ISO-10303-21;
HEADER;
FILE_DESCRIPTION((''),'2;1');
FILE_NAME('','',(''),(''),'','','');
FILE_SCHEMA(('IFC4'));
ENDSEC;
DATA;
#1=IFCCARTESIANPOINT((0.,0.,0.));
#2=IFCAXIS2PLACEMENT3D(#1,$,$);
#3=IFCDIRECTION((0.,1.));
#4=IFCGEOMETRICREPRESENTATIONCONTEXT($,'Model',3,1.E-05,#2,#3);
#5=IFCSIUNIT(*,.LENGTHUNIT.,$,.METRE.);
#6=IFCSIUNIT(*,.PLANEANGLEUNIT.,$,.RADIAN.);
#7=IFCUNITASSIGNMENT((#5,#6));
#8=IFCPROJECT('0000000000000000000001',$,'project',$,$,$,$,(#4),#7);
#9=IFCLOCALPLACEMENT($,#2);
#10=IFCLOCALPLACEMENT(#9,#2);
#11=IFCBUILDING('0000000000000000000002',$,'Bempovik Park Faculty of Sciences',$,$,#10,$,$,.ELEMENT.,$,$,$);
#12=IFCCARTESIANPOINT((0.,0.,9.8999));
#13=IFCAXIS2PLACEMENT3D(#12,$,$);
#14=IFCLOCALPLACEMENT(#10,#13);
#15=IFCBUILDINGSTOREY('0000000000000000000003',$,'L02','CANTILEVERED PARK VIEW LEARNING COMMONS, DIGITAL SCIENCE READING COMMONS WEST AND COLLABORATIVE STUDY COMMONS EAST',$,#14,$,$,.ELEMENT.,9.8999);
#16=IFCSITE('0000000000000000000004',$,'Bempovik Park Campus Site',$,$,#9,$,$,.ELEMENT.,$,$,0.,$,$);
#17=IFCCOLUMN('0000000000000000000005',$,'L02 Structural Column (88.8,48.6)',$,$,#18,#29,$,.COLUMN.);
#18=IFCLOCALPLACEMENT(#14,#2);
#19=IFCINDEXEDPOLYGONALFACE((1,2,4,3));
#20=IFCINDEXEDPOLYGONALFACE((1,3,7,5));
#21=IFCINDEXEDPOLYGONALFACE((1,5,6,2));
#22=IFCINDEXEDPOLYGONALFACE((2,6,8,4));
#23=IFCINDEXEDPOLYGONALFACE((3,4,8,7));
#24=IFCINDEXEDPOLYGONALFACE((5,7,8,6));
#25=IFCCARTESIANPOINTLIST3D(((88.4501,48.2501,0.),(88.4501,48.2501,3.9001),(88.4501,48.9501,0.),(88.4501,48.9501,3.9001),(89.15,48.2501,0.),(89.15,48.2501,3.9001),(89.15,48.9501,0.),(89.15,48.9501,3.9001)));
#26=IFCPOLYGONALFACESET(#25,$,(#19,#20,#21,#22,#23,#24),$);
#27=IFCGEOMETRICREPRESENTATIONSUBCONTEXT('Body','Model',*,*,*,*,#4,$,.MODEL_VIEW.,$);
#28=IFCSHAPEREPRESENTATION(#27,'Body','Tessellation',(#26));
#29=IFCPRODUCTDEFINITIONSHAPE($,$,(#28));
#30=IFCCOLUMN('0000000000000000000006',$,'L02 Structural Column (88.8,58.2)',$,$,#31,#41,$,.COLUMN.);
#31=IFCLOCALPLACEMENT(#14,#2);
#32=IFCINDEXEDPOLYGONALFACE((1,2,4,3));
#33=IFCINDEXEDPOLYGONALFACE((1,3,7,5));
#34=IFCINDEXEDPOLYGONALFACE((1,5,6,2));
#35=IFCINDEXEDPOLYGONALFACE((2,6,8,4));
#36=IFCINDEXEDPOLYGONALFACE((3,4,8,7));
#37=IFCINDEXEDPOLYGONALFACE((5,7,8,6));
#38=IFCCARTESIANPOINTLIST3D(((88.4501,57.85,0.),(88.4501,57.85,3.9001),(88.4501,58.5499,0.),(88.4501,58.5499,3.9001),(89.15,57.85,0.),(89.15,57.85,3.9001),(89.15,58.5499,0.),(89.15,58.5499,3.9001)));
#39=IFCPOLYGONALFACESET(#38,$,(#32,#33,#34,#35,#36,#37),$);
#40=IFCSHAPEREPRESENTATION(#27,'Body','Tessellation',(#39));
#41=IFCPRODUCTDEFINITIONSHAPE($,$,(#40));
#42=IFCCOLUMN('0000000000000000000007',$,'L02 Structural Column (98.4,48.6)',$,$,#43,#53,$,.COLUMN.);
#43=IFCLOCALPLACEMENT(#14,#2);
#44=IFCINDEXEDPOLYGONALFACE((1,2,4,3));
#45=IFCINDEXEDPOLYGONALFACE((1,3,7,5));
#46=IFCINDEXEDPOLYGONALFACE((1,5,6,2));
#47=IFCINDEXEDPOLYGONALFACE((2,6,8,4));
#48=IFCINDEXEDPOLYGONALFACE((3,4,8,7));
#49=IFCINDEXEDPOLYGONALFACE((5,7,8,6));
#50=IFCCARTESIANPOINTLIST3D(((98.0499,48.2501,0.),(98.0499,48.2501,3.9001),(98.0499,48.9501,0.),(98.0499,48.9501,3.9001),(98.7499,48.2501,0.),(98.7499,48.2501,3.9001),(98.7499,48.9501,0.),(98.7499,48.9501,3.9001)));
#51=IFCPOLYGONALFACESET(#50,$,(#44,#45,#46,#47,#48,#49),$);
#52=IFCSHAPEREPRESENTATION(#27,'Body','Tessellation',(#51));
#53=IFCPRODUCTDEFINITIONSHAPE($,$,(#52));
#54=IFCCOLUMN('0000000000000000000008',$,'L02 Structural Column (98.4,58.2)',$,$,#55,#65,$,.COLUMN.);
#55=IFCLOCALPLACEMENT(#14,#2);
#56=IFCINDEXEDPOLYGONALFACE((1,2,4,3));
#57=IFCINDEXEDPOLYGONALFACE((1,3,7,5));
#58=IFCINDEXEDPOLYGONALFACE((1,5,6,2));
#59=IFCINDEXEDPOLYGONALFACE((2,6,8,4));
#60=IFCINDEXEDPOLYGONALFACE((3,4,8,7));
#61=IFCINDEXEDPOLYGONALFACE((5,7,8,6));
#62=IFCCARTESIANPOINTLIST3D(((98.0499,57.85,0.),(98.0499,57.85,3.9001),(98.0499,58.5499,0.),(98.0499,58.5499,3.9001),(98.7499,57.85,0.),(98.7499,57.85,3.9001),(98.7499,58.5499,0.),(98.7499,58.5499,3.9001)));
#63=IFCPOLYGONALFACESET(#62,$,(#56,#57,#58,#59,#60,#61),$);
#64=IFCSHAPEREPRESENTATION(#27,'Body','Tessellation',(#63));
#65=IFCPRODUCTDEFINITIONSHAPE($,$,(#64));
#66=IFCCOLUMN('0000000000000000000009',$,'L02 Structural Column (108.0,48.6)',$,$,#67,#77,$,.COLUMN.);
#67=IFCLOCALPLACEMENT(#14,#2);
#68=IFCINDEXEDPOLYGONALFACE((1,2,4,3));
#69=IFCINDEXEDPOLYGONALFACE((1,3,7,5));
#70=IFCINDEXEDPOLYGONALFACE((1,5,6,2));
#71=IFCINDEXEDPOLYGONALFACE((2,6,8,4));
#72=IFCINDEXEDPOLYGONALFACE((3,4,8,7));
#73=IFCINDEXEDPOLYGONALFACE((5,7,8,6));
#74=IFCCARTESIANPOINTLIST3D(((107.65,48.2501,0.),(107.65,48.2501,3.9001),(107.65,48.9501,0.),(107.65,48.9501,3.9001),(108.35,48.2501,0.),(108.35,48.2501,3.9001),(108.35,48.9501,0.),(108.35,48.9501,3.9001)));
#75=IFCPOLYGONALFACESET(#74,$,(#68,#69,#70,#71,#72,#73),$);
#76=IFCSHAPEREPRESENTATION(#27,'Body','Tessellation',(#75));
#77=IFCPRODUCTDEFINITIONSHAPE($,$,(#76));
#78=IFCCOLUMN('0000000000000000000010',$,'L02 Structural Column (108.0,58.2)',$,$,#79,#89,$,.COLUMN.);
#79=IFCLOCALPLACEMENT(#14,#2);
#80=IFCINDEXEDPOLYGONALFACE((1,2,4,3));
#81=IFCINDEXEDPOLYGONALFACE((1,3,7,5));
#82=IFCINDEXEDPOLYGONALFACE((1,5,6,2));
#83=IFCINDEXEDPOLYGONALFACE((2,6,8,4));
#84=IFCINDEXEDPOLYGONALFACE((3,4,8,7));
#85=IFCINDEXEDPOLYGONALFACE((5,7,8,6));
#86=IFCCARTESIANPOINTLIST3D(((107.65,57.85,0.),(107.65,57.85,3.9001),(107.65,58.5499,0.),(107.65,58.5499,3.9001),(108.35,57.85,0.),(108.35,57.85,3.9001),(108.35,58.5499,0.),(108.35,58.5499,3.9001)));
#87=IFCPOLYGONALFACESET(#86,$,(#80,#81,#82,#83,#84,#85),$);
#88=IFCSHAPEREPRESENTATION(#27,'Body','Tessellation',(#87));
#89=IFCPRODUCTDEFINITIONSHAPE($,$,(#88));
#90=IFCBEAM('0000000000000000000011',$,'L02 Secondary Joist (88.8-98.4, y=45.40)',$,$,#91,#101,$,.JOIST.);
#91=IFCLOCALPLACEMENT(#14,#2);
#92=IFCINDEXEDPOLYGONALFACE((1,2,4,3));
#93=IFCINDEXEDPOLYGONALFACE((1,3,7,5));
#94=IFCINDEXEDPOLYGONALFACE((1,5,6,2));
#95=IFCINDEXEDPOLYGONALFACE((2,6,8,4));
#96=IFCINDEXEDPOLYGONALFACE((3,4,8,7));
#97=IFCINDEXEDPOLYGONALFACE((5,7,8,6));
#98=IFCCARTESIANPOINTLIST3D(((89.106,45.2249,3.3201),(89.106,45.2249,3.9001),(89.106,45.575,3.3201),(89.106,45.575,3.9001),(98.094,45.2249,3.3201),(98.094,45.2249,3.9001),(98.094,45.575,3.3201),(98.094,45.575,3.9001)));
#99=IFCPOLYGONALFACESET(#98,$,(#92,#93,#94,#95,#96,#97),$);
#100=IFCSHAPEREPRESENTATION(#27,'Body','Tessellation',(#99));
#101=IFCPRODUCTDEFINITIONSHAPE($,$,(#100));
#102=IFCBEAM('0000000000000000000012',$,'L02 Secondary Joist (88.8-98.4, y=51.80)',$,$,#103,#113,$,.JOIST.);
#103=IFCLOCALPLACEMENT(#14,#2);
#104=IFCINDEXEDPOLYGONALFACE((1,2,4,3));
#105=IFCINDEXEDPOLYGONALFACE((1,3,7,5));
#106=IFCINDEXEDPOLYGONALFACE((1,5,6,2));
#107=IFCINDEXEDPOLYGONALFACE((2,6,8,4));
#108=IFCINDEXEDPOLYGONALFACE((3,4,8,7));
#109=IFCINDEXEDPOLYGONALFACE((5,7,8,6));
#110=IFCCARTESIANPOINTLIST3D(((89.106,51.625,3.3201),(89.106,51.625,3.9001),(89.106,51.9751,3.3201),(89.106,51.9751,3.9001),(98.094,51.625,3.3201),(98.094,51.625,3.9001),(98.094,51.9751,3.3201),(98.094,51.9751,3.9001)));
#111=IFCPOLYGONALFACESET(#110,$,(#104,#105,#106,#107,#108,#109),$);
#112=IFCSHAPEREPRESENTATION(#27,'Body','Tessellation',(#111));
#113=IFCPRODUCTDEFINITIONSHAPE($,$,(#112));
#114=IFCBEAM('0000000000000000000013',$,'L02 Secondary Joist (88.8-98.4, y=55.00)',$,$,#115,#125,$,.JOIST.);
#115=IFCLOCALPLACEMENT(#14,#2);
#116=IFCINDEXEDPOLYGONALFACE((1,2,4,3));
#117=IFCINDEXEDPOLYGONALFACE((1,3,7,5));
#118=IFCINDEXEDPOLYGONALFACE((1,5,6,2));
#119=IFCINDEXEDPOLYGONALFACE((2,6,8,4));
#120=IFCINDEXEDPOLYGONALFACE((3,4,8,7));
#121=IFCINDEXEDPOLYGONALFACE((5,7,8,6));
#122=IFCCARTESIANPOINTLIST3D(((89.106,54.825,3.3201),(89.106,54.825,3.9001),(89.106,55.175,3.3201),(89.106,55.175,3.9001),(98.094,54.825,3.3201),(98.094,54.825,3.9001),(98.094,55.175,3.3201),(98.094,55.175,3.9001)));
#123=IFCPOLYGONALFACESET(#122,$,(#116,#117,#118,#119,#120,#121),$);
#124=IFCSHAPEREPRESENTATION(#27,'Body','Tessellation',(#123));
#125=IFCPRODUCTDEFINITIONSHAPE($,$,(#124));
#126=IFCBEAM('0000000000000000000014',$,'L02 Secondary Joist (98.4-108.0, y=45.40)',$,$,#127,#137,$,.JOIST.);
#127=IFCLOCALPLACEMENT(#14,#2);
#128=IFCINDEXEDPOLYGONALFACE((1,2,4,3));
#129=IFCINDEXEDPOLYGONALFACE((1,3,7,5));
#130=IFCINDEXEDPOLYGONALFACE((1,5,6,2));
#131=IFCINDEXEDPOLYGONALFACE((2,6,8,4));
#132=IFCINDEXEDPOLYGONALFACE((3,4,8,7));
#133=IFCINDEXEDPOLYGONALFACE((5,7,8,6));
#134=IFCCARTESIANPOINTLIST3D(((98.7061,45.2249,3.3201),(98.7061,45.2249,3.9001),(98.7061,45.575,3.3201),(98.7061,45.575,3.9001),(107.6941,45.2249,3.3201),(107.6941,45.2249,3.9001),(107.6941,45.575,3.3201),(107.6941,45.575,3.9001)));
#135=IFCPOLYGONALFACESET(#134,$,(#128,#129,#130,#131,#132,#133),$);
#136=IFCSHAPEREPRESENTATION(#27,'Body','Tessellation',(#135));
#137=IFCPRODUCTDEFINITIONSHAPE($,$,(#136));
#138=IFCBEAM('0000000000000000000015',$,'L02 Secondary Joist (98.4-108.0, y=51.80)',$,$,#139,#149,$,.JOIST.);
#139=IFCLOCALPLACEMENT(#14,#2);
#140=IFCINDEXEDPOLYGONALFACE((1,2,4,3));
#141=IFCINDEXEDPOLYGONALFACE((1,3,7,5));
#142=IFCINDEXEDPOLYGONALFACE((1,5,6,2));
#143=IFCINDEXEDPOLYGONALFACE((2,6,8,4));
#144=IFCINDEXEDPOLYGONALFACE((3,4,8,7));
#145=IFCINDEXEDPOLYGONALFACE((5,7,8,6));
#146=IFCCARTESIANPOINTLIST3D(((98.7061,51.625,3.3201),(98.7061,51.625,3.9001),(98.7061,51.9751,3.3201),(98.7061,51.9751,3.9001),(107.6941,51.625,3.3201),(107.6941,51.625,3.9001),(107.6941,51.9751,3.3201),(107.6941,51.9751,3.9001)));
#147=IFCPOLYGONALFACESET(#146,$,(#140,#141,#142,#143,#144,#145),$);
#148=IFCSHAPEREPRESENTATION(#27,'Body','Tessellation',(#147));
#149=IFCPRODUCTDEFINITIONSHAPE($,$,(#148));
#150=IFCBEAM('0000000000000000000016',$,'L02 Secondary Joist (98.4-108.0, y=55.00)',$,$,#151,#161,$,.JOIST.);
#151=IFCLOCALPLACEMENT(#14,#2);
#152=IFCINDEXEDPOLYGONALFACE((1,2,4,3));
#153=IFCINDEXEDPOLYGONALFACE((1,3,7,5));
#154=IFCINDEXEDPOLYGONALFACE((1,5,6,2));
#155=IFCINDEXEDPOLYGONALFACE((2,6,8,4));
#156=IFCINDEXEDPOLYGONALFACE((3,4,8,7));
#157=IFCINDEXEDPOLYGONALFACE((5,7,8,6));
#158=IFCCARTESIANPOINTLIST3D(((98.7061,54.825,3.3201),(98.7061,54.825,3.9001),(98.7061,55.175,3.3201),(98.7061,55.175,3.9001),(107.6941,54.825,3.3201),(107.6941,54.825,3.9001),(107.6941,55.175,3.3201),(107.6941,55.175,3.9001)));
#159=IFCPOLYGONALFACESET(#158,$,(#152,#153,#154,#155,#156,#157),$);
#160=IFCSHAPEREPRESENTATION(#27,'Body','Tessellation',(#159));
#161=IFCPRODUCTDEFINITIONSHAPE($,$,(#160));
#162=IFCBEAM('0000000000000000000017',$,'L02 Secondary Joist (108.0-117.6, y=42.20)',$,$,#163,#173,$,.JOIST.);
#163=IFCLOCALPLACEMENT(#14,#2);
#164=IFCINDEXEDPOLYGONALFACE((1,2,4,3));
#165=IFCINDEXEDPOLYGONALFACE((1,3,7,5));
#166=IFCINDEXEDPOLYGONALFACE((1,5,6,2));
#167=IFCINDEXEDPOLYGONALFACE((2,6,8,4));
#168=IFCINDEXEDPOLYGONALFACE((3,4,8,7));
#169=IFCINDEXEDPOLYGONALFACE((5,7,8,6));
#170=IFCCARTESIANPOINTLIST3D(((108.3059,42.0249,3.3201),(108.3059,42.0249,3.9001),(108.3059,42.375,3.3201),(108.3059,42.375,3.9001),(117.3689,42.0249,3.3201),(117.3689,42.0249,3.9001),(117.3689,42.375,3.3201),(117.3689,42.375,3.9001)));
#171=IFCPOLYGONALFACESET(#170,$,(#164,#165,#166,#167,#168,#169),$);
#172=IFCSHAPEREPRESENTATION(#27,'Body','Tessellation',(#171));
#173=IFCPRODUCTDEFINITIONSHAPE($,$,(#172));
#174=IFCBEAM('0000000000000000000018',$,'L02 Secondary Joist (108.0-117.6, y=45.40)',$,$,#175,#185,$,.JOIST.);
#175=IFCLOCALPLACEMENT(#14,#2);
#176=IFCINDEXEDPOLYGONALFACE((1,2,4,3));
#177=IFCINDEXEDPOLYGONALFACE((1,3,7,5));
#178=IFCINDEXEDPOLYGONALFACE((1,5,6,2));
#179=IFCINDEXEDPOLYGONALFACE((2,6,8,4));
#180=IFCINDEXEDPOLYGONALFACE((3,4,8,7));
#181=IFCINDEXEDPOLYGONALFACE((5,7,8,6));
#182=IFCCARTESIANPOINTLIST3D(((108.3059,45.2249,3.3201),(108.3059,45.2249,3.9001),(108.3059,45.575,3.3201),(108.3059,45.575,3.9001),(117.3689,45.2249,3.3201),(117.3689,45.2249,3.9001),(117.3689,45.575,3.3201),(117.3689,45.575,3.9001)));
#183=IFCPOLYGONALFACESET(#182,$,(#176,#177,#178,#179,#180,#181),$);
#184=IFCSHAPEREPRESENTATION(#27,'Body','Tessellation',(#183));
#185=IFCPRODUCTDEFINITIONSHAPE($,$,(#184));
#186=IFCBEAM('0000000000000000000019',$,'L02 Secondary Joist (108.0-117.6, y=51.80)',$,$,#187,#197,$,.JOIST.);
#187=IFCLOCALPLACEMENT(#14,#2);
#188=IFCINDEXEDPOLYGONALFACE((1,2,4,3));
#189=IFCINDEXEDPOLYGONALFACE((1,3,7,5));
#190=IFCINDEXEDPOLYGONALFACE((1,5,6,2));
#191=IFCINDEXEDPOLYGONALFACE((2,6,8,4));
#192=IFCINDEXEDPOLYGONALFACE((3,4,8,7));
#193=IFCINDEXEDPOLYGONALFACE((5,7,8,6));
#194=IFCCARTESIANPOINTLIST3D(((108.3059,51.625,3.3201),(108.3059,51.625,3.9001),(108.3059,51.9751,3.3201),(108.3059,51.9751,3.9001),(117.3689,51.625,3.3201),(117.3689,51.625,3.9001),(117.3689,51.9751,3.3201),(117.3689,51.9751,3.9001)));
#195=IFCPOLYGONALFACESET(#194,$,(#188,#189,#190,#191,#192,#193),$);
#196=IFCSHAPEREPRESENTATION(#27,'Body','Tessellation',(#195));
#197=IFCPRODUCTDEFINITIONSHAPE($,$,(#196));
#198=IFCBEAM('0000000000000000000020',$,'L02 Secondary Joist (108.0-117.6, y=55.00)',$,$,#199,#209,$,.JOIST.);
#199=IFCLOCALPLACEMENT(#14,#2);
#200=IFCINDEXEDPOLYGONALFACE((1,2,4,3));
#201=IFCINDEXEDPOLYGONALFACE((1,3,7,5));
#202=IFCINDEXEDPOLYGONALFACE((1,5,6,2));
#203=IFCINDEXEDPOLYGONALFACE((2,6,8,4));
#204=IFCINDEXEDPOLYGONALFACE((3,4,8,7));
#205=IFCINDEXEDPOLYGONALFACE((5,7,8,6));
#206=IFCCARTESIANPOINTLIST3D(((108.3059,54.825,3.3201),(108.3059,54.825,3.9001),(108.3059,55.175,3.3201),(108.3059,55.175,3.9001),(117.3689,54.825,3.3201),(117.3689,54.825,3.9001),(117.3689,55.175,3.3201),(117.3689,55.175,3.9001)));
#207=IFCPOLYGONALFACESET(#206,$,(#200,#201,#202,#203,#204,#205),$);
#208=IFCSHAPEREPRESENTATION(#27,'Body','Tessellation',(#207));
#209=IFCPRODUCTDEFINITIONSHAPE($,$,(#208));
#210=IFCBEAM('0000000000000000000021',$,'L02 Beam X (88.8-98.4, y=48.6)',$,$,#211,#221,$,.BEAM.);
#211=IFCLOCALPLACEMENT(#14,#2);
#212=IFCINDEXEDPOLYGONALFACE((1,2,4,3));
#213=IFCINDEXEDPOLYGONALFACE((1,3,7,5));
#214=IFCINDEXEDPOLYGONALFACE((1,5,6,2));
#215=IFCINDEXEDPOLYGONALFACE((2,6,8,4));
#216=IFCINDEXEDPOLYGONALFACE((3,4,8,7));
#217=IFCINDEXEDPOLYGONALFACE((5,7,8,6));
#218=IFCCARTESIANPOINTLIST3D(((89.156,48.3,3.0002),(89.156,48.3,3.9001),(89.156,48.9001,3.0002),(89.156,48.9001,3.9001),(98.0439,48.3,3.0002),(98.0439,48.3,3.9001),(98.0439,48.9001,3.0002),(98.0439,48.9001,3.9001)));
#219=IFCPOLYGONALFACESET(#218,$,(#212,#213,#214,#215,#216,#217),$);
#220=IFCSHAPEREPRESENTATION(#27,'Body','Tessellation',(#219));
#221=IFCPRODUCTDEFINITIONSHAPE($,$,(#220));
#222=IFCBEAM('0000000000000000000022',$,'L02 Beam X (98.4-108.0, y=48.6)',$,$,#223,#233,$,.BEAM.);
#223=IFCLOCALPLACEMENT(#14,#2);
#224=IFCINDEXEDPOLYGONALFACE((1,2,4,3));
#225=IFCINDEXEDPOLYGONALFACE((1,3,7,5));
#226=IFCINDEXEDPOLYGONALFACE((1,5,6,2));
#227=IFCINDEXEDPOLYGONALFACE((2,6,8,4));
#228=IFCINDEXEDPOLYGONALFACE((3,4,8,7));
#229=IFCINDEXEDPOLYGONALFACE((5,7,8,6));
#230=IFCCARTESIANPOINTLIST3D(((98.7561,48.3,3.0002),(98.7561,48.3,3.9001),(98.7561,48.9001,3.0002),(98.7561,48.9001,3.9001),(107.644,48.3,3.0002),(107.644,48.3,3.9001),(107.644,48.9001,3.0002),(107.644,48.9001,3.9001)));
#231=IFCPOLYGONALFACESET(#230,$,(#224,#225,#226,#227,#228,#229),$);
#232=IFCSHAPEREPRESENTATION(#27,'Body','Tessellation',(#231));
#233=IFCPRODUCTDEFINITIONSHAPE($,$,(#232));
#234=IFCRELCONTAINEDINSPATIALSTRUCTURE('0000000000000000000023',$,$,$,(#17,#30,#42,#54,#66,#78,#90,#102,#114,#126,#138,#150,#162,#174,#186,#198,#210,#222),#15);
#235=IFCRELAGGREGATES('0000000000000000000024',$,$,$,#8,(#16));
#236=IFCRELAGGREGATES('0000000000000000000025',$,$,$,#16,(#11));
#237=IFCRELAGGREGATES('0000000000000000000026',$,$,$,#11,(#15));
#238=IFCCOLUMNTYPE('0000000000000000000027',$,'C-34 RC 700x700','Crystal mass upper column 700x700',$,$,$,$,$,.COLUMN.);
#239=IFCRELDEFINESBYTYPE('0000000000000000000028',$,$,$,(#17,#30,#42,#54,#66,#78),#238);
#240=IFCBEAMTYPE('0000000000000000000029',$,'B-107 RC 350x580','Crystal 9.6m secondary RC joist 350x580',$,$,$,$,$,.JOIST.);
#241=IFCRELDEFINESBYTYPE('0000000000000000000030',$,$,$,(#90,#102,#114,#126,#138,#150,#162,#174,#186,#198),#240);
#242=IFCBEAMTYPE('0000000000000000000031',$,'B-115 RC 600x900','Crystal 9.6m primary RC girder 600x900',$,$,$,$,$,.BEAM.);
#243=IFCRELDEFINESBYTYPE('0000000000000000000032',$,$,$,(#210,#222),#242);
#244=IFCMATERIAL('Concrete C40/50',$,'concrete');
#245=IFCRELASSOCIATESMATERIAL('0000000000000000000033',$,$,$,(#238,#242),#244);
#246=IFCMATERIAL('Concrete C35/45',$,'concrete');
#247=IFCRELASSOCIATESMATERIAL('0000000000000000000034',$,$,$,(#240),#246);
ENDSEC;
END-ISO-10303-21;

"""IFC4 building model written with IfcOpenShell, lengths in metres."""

from ifc_helpers import new_model, si_unit, direction, frame, origin, origin_2d, place, context, subcontext, project, spatial, rectangle, extrude, material, material_profile, profile_set, type_object, element, save


model = new_model("IFC4")

# Units and contexts
model_context = context("Model", 3, precision=1e-05, world=origin(), true_north=direction((0.0, 1.0)))
body_context = subcontext(model_context, "Body", "Model", "MODEL_VIEW")
ifc_project = project(units=[si_unit("LENGTHUNIT", "METRE"), si_unit("PLANEANGLEUNIT", "RADIAN")], contexts=[model_context])

# Site, building, storey
site_placement = place(None, origin())
site = spatial("IfcSite", under=ifc_project, at=site_placement, Name="Bempovik Park Campus Site", CompositionType="ELEMENT", RefElevation=0.0)
building_placement = place(site_placement, origin())
building = spatial("IfcBuilding", under=site, at=building_placement, Name="Bempovik Park Faculty of Sciences", CompositionType="ELEMENT")
storey_placement = place(building_placement, frame((0.0, 0.0, 9.8999)))
storey = spatial("IfcBuildingStorey", under=building, at=storey_placement, Name="L02", Description="CANTILEVERED PARK VIEW LEARNING COMMONS, DIGITAL SCIENCE READING COMMONS WEST AND COLLABORATIVE STUDY COMMONS EAST", CompositionType="ELEMENT", Elevation=9.8999)

# Columns
ifc_material_1 = material(Name="Concrete C40/50", Category="concrete")
ifc_material_profile_1 = material_profile(ifc_material_1, rectangle(XDim=0.7, YDim=0.7, at=origin_2d()), Name="RC 700x700")
ifc_profile_set_1 = profile_set([ifc_material_profile_1], Name="Concrete C40/50")
column_type = type_object("IfcColumnType", Name="C-34 RC 700x700", Description="Crystal mass upper column 700x700", PredefinedType="COLUMN", material=ifc_profile_set_1)
for number, where, z_axis, x_axis, name in (
    (1, (88.8, 48.6001, 0.0), (0.0, 0.0, 1.0), (1.0, 0.0, 0.0), "L02 Structural Column (88.8,48.6)"),
    (2, (88.8, 58.2, 0.0), (0.0, 0.0, 1.0), (1.0, 0.0, 0.0), "L02 Structural Column (88.8,58.2)"),
    (3, (98.3999, 48.6001, 0.0), (0.0, 0.0, 1.0), (1.0, 0.0, 0.0), "L02 Structural Column (98.4,48.6)"),
    (4, (98.3999, 58.2, 0.0), (0.0, 0.0, 1.0), (1.0, 0.0, 0.0), "L02 Structural Column (98.4,58.2)"),
    (5, (108.0, 48.6001, 0.0), (0.0, 0.0, 1.0), (1.0, 0.0, 0.0), "L02 Structural Column (108.0,48.6)"),
    (6, (108.0, 58.2, 0.0), (0.0, 0.0, 1.0), (1.0, 0.0, 0.0), "L02 Structural Column (108.0,58.2)"),
):
    element("IfcColumn", number, at=place(storey_placement, frame(where, z_axis=z_axis, x_axis=x_axis)), inside=storey, type_object=column_type, Name=name, PredefinedType="COLUMN", context=body_context, shape_type="SweptSolid", body=[
        extrude(rectangle(XDim=0.7, YDim=0.7, at=origin_2d()), origin(), (0.0, 0.0, 1.0), 3.9001),
    ])

# Beams
ifc_material_2 = material(Name="Concrete C35/45", Category="concrete")
ifc_material_profile_2 = material_profile(ifc_material_2, rectangle(XDim=0.3501, YDim=0.5801, at=origin_2d()), Name="RC 350x580")
ifc_profile_set_2 = profile_set([ifc_material_profile_2], Name="Concrete C35/45")
beam_type_1 = type_object("IfcBeamType", Name="B-107 RC 350x580", Description="Crystal 9.6m secondary RC joist 350x580", PredefinedType="JOIST", material=ifc_profile_set_2)
for number, where, z_axis, x_axis, name in (
    (7, (89.106, 45.3999, 3.6101), (1.0, 0.0, 0.0), (0.0, 1.0, 0.0), "L02 Secondary Joist (88.8-98.4, y=45.40)"),
    (8, (89.106, 51.8, 3.6101), (1.0, 0.0, 0.0), (0.0, 1.0, 0.0), "L02 Secondary Joist (88.8-98.4, y=51.80)"),
    (9, (89.106, 55.0, 3.6101), (1.0, 0.0, 0.0), (0.0, 1.0, 0.0), "L02 Secondary Joist (88.8-98.4, y=55.00)"),
    (10, (98.7061, 45.3999, 3.6101), (1.0, 0.0, 0.0), (0.0, 1.0, 0.0), "L02 Secondary Joist (98.4-108.0, y=45.40)"),
    (11, (98.7061, 51.8, 3.6101), (1.0, 0.0, 0.0), (0.0, 1.0, 0.0), "L02 Secondary Joist (98.4-108.0, y=51.80)"),
    (12, (98.7061, 55.0, 3.6101), (1.0, 0.0, 0.0), (0.0, 1.0, 0.0), "L02 Secondary Joist (98.4-108.0, y=55.00)"),
):
    element("IfcBeam", number, at=place(storey_placement, frame(where, z_axis=z_axis, x_axis=x_axis)), inside=storey, type_object=beam_type_1, Name=name, PredefinedType="JOIST", context=body_context, shape_type="SweptSolid", body=[
        extrude(rectangle(XDim=0.3501, YDim=0.5801, at=origin_2d()), origin(), (0.0, 0.0, 1.0), 8.988),
    ])
for number, where, z_axis, x_axis, name in (
    (13, (108.3059, 42.2, 3.6101), (1.0, 0.0, 0.0), (0.0, 1.0, 0.0), "L02 Secondary Joist (108.0-117.6, y=42.20)"),
    (14, (108.3059, 45.3999, 3.6101), (1.0, 0.0, 0.0), (0.0, 1.0, 0.0), "L02 Secondary Joist (108.0-117.6, y=45.40)"),
    (15, (108.3059, 51.8, 3.6101), (1.0, 0.0, 0.0), (0.0, 1.0, 0.0), "L02 Secondary Joist (108.0-117.6, y=51.80)"),
    (16, (108.3059, 55.0, 3.6101), (1.0, 0.0, 0.0), (0.0, 1.0, 0.0), "L02 Secondary Joist (108.0-117.6, y=55.00)"),
):
    element("IfcBeam", number, at=place(storey_placement, frame(where, z_axis=z_axis, x_axis=x_axis)), inside=storey, type_object=beam_type_1, Name=name, PredefinedType="JOIST", context=body_context, shape_type="SweptSolid", body=[
        extrude(rectangle(XDim=0.3501, YDim=0.5801, at=origin_2d()), origin(), (0.0, 0.0, 1.0), 9.063),
    ])
ifc_material_profile_3 = material_profile(ifc_material_1, rectangle(XDim=0.6001, YDim=0.8999, at=origin_2d()), Name="RC 600x900")
ifc_profile_set_3 = profile_set([ifc_material_profile_3], Name="Concrete C40/50")
beam_type_2 = type_object("IfcBeamType", Name="B-115 RC 600x900", Description="Crystal 9.6m primary RC girder 600x900", PredefinedType="BEAM", material=ifc_profile_set_3)
for number, where, z_axis, x_axis, name in (
    (17, (89.156, 48.6001, 3.4502), (1.0, 0.0, 0.0), (0.0, 1.0, 0.0), "L02 Beam X (88.8-98.4, y=48.6)"),
    (18, (98.7561, 48.6001, 3.4502), (1.0, 0.0, 0.0), (0.0, 1.0, 0.0), "L02 Beam X (98.4-108.0, y=48.6)"),
):
    element("IfcBeam", number, at=place(storey_placement, frame(where, z_axis=z_axis, x_axis=x_axis)), inside=storey, type_object=beam_type_2, Name=name, PredefinedType="BEAM", context=body_context, shape_type="SweptSolid", body=[
        extrude(rectangle(XDim=0.6001, YDim=0.8999, at=origin_2d()), origin(), (0.0, 0.0, 1.0), 8.8879),
    ])

save(model, "model.ifc")
